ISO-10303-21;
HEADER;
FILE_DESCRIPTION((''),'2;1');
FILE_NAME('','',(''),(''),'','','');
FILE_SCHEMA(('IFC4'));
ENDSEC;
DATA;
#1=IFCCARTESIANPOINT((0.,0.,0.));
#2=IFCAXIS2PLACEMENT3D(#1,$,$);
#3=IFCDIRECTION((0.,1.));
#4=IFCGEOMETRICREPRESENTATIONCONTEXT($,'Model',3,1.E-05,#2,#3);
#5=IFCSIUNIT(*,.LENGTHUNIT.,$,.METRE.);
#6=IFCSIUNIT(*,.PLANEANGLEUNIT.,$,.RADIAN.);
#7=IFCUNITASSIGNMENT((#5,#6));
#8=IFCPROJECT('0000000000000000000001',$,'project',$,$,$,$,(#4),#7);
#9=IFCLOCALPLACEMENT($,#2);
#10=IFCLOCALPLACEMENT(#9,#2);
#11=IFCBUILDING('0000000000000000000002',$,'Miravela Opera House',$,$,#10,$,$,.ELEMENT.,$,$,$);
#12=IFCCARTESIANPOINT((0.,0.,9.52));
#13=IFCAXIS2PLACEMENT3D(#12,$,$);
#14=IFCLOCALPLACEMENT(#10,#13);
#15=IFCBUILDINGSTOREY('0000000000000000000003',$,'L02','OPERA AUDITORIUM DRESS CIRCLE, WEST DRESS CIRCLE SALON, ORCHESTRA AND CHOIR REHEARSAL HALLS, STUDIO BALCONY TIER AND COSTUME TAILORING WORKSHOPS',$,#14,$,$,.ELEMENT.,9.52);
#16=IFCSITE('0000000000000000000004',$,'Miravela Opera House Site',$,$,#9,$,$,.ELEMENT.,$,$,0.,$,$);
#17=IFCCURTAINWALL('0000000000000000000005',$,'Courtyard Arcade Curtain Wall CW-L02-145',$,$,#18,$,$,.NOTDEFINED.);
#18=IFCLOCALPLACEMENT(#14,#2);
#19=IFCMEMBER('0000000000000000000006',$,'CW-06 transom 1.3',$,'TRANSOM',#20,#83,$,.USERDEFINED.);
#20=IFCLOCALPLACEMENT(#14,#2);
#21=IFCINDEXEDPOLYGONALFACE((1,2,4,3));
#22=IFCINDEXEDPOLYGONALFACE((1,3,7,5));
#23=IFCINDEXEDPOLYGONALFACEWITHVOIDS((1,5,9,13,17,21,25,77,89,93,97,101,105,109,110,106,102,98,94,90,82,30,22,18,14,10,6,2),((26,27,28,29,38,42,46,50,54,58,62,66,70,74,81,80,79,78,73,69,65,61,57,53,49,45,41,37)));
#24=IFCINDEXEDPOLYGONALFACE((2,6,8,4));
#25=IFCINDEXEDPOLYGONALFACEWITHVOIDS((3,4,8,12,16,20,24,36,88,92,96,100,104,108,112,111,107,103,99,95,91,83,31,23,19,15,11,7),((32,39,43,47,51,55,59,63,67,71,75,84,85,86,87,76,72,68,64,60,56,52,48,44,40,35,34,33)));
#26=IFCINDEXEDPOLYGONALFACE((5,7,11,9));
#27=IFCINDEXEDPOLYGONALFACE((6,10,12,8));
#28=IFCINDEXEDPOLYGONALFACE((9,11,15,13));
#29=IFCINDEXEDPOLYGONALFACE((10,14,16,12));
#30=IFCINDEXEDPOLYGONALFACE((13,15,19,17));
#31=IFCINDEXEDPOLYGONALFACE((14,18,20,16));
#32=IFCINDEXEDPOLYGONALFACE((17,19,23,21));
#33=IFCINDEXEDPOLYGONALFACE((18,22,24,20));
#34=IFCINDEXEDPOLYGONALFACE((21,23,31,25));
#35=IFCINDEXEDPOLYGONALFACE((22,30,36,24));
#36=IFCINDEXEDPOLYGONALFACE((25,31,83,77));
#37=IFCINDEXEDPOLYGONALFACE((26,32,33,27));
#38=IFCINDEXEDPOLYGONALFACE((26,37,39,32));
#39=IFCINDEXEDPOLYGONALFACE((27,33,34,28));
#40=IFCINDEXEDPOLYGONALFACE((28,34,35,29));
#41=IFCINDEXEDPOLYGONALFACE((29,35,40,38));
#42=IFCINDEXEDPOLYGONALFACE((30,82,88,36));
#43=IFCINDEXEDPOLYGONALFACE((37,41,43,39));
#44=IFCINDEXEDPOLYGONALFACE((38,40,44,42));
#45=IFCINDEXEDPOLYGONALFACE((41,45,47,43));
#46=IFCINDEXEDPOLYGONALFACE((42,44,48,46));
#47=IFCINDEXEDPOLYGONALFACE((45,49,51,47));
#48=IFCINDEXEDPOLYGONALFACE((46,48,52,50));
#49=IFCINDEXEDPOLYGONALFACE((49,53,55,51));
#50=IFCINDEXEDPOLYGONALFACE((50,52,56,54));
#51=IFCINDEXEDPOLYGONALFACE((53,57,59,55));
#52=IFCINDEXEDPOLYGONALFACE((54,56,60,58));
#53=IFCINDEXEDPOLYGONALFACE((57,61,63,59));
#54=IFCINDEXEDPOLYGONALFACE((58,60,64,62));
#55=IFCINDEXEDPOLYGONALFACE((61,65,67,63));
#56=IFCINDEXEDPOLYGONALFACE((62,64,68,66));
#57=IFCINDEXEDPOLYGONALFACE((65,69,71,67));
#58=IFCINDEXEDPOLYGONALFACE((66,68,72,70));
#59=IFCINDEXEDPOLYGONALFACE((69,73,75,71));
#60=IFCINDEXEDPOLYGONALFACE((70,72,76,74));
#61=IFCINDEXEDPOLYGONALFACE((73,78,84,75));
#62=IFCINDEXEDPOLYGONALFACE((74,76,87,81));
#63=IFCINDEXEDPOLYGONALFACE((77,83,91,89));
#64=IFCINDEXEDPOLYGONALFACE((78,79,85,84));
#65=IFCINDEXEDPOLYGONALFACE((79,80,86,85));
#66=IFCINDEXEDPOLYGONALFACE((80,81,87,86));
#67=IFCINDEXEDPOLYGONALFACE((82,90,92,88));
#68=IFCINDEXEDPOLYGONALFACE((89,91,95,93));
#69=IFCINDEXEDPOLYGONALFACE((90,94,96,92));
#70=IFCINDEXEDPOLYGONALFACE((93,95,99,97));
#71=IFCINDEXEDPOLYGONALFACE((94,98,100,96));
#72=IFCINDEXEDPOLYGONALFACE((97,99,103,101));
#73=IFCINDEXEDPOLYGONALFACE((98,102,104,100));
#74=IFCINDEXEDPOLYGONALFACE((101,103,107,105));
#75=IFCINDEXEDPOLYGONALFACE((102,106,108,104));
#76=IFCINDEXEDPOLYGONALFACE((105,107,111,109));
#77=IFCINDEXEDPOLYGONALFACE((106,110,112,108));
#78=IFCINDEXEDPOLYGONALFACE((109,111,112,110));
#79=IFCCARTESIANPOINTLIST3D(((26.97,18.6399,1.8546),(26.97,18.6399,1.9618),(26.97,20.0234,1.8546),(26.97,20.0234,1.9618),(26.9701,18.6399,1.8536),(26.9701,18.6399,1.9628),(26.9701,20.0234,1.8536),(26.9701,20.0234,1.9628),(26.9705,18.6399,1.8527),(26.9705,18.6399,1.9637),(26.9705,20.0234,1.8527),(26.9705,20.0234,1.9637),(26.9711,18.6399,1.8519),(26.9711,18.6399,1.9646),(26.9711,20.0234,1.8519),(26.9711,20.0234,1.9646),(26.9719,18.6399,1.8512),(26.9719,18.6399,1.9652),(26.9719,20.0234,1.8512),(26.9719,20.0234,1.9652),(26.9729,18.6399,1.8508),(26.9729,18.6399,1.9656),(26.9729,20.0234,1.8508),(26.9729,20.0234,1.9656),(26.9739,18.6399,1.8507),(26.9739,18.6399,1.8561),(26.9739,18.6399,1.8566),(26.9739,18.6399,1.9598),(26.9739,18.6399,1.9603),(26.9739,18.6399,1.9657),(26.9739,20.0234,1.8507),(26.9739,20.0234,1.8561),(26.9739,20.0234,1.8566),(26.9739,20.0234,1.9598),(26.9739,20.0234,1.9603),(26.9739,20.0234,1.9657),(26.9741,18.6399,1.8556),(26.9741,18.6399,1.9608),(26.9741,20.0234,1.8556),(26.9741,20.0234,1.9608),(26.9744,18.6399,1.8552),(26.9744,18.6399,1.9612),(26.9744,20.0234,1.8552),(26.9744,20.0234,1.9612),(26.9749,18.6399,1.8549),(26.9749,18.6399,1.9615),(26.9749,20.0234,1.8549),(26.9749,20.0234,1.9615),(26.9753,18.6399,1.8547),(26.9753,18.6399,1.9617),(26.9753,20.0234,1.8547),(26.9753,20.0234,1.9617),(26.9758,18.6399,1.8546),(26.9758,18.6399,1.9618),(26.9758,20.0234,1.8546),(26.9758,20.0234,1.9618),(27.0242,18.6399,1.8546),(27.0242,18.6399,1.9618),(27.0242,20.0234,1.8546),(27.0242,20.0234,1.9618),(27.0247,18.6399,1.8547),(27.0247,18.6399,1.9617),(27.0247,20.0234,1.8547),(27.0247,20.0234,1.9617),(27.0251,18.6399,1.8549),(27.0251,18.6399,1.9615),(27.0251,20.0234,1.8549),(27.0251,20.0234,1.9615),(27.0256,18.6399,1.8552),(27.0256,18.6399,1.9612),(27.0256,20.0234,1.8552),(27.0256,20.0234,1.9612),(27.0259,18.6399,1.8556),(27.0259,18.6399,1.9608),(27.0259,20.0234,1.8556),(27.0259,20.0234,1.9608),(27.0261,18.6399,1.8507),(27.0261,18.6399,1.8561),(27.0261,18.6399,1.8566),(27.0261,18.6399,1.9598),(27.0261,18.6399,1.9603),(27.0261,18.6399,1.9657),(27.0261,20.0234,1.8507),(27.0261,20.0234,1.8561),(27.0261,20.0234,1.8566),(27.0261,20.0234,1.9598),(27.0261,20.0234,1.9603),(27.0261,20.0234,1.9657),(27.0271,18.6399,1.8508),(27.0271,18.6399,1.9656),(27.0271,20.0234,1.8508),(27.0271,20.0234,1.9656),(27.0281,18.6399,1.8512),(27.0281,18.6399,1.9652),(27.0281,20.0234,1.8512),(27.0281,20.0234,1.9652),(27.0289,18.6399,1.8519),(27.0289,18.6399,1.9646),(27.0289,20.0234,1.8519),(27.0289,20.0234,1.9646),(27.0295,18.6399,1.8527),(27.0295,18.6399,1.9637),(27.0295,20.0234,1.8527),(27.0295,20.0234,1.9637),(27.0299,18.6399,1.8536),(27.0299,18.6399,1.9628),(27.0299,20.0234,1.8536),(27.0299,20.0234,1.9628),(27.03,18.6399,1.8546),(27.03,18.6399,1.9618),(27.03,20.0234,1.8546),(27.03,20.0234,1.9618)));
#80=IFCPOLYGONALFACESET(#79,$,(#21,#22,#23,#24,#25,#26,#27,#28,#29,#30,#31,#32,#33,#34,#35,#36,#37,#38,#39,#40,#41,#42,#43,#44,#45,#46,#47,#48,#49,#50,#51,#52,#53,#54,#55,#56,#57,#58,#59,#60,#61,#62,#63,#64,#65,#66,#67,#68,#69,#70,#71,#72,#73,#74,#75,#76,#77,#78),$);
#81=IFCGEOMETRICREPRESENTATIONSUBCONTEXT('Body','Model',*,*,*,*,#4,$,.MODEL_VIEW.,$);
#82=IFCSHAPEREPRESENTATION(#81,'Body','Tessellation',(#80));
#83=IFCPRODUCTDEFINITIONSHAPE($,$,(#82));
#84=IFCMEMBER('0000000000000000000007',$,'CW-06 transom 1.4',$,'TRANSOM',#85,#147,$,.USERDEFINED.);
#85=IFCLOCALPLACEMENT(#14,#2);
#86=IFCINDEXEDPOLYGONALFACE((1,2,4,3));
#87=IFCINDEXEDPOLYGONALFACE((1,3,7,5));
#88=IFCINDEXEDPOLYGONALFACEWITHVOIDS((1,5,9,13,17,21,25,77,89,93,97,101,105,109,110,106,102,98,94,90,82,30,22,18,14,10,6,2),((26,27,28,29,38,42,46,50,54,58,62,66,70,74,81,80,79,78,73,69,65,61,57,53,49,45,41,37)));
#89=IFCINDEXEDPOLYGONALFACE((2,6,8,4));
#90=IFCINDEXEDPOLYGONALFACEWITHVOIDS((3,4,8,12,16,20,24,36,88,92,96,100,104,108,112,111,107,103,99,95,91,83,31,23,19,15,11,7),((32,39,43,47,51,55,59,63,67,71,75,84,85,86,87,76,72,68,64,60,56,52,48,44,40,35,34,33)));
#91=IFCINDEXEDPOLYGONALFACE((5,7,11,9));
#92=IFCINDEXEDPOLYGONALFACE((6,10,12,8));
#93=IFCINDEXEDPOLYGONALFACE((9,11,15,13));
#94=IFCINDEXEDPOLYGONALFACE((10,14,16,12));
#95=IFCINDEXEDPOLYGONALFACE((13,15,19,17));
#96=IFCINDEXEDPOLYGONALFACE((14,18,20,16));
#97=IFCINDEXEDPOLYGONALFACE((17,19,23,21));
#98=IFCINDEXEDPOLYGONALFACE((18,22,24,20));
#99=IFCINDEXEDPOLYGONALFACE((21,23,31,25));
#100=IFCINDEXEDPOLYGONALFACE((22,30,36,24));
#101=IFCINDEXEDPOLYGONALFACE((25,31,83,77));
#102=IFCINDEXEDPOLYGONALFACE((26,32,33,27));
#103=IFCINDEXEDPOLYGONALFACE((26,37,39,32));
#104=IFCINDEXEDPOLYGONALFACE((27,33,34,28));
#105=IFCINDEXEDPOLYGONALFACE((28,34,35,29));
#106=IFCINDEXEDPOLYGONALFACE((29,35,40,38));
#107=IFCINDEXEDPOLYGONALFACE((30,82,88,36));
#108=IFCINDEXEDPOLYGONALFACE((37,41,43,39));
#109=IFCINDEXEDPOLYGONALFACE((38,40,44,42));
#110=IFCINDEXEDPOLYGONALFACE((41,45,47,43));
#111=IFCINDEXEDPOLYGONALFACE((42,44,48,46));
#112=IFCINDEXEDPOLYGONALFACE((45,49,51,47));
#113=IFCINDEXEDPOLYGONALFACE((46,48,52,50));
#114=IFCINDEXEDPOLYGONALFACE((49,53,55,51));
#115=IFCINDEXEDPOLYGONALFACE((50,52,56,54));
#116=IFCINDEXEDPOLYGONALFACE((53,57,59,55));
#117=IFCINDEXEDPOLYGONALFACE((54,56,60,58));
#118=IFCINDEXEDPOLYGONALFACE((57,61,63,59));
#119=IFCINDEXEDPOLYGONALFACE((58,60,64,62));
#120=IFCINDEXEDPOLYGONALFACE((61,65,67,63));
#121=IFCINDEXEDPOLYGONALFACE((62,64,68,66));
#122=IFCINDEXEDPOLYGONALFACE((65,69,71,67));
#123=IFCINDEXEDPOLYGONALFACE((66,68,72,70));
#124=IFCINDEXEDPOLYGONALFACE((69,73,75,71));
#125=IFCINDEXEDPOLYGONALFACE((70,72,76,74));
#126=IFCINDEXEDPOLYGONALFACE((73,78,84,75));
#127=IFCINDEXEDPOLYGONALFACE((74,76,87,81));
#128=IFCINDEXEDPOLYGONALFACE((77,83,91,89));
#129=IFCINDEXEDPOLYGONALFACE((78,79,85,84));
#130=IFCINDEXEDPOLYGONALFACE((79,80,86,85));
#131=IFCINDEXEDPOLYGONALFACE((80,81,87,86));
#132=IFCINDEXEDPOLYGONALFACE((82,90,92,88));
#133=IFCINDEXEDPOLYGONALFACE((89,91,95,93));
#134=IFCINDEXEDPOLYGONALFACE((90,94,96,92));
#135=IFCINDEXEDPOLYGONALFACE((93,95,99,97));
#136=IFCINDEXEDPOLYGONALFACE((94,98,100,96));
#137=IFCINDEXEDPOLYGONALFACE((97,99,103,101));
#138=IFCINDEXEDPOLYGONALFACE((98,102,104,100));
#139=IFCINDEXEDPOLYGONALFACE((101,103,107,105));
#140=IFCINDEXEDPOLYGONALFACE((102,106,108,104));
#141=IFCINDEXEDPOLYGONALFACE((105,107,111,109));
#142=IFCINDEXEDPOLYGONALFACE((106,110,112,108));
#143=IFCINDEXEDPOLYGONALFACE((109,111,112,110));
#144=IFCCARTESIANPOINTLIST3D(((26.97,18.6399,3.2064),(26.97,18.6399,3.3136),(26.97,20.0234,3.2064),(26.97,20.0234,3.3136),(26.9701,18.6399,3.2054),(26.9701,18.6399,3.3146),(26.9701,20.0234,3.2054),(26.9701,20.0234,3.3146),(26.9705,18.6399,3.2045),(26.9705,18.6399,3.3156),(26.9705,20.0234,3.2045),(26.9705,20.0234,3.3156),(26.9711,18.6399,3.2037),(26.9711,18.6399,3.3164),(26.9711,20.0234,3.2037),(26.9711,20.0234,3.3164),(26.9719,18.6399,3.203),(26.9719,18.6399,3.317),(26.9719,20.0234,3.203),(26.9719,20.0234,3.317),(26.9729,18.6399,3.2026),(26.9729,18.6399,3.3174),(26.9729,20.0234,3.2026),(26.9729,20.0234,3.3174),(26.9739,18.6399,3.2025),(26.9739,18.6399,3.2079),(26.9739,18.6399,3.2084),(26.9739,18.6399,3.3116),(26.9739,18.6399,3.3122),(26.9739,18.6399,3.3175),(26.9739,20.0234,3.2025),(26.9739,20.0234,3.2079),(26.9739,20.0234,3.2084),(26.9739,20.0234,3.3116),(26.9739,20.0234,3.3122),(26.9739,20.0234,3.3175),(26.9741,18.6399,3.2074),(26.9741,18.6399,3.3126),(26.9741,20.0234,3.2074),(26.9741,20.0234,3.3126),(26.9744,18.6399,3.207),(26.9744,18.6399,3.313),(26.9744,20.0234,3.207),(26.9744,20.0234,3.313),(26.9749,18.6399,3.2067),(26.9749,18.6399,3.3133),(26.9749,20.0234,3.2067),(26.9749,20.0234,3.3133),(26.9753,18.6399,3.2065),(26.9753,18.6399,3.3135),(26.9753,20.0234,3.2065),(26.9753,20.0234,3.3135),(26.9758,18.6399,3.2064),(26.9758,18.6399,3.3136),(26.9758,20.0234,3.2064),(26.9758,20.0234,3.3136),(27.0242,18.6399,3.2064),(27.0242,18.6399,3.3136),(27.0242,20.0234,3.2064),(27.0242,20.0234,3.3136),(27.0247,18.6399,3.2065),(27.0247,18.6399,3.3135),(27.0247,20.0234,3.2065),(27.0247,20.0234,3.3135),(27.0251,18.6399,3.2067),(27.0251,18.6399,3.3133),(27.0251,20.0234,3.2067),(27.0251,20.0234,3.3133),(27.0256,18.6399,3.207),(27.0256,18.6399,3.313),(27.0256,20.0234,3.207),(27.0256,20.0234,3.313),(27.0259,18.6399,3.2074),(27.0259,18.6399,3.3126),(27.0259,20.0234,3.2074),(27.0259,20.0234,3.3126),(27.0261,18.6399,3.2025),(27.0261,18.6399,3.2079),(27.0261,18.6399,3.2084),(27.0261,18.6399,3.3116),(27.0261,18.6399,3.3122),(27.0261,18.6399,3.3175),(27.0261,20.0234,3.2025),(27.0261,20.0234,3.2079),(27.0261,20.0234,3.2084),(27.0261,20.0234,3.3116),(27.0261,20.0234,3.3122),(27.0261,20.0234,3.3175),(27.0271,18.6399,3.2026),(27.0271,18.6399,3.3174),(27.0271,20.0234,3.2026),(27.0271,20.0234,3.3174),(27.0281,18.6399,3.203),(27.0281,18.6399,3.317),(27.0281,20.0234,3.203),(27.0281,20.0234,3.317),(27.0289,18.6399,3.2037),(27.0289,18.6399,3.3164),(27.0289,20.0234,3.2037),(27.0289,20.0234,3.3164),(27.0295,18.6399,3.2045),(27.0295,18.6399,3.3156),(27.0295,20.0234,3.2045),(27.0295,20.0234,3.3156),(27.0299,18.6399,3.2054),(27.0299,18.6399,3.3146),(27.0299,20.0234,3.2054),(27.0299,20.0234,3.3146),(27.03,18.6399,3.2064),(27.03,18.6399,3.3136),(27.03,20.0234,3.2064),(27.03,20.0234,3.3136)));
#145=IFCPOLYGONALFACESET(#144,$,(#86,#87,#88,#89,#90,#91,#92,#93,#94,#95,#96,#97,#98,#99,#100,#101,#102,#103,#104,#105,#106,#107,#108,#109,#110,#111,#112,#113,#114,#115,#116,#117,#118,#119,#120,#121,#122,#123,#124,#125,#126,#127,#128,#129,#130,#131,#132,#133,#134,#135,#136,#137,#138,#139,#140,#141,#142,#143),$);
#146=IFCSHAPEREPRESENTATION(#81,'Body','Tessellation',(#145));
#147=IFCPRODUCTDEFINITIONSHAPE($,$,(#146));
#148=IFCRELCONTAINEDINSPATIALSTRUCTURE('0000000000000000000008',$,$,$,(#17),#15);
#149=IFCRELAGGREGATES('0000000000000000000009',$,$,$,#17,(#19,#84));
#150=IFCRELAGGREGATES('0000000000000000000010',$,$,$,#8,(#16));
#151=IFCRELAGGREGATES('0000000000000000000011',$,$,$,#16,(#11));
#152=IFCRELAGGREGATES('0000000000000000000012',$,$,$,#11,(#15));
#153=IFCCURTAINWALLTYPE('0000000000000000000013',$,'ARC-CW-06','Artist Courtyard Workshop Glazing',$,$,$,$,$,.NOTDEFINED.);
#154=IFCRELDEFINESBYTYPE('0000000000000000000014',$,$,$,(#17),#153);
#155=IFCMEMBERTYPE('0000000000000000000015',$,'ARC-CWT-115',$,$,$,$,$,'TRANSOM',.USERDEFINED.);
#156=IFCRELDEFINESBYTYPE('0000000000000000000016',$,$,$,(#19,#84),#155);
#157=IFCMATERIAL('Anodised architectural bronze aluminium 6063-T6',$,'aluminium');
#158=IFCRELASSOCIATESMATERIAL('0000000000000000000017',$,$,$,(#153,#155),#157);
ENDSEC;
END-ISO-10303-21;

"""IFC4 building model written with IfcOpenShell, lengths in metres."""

from ifc_helpers import new_model, si_unit, direction, frame, origin, origin_2d, place, context, subcontext, project, spatial, hollow_rectangle, extrude, material, material_profile, profile_set, type_object, element, aggregate, save


model = new_model("IFC4")

# Units and contexts
model_context = context("Model", 3, precision=1e-05, world=origin(), true_north=direction((0.0, 1.0)))
body_context = subcontext(model_context, "Body", "Model", "MODEL_VIEW")
ifc_project = project(units=[si_unit("LENGTHUNIT", "METRE"), si_unit("PLANEANGLEUNIT", "RADIAN")], contexts=[model_context])

# Site, building, storey
site_placement = place(None, origin())
site = spatial("IfcSite", under=ifc_project, at=site_placement, Name="Miravela Opera House Site", CompositionType="ELEMENT", RefElevation=0.0)
building_placement = place(site_placement, origin())
building = spatial("IfcBuilding", under=site, at=building_placement, Name="Miravela Opera House", CompositionType="ELEMENT")
storey_placement = place(building_placement, frame((0.0, 0.0, 9.52)))
storey = spatial("IfcBuildingStorey", under=building, at=storey_placement, Name="L02", Description="OPERA AUDITORIUM DRESS CIRCLE, WEST DRESS CIRCLE SALON, ORCHESTRA AND CHOIR REHEARSAL HALLS, STUDIO BALCONY TIER AND COSTUME TAILORING WORKSHOPS", CompositionType="ELEMENT", Elevation=9.52)

# Curtain wall, members
ifc_material_1 = material(Name="Anodised architectural bronze aluminium 6063-T6", Category="aluminium")
curtain_wall_type = type_object("IfcCurtainWallType", Name="ARC-CW-06", Description="Artist Courtyard Workshop Glazing", PredefinedType="NOTDEFINED", material=ifc_material_1)
curtain_wall_placement = place(storey_placement, origin())
curtain_wall = element("IfcCurtainWall", 1, at=curtain_wall_placement, inside=storey, type_object=curtain_wall_type, Name="Courtyard Arcade Curtain Wall CW-L02-145", PredefinedType="NOTDEFINED")
ifc_material_profile_1 = material_profile(ifc_material_1, hollow_rectangle(XDim=0.0601, YDim=0.115, WallThickness=0.0039, InnerFilletRadius=0.002, OuterFilletRadius=0.0039, at=origin_2d()), Name="CWT-60X115")
ifc_profile_set_1 = profile_set([ifc_material_profile_1])
member_type_1 = type_object("IfcMemberType", Name="ARC-CWT-115", ElementType="TRANSOM", PredefinedType="USERDEFINED", material=ifc_profile_set_1)
member_1_placement = place(storey_placement, frame((27.0, 18.6399, 1.9082), z_axis=(0.0, 1.0, 0.0), x_axis=(-1.0, 0.0, 0.0)))
member_1 = element("IfcMember", 2, at=member_1_placement, type_object=member_type_1, Name="CW-06 transom 1.3", ObjectType="TRANSOM", PredefinedType="USERDEFINED", context=body_context, shape_type="SweptSolid", body=[
    extrude(hollow_rectangle(XDim=0.0601, YDim=0.115, WallThickness=0.0039, InnerFilletRadius=0.002, OuterFilletRadius=0.0039, at=origin_2d()), origin(), (0.0, 0.0, 1.0), 1.3835),
])
member_2_placement = place(storey_placement, frame((27.0, 18.6399, 3.26), z_axis=(0.0, 1.0, 0.0), x_axis=(-1.0, 0.0, 0.0)))
member_2 = element("IfcMember", 3, at=member_2_placement, type_object=member_type_1, Name="CW-06 transom 1.4", ObjectType="TRANSOM", PredefinedType="USERDEFINED", context=body_context, shape_type="SweptSolid", body=[
    extrude(hollow_rectangle(XDim=0.0601, YDim=0.115, WallThickness=0.0039, InnerFilletRadius=0.002, OuterFilletRadius=0.0039, at=origin_2d()), origin(), (0.0, 0.0, 1.0), 1.3835),
])
aggregate(curtain_wall, [member_1, member_2])

save(model, "model.ifc")
